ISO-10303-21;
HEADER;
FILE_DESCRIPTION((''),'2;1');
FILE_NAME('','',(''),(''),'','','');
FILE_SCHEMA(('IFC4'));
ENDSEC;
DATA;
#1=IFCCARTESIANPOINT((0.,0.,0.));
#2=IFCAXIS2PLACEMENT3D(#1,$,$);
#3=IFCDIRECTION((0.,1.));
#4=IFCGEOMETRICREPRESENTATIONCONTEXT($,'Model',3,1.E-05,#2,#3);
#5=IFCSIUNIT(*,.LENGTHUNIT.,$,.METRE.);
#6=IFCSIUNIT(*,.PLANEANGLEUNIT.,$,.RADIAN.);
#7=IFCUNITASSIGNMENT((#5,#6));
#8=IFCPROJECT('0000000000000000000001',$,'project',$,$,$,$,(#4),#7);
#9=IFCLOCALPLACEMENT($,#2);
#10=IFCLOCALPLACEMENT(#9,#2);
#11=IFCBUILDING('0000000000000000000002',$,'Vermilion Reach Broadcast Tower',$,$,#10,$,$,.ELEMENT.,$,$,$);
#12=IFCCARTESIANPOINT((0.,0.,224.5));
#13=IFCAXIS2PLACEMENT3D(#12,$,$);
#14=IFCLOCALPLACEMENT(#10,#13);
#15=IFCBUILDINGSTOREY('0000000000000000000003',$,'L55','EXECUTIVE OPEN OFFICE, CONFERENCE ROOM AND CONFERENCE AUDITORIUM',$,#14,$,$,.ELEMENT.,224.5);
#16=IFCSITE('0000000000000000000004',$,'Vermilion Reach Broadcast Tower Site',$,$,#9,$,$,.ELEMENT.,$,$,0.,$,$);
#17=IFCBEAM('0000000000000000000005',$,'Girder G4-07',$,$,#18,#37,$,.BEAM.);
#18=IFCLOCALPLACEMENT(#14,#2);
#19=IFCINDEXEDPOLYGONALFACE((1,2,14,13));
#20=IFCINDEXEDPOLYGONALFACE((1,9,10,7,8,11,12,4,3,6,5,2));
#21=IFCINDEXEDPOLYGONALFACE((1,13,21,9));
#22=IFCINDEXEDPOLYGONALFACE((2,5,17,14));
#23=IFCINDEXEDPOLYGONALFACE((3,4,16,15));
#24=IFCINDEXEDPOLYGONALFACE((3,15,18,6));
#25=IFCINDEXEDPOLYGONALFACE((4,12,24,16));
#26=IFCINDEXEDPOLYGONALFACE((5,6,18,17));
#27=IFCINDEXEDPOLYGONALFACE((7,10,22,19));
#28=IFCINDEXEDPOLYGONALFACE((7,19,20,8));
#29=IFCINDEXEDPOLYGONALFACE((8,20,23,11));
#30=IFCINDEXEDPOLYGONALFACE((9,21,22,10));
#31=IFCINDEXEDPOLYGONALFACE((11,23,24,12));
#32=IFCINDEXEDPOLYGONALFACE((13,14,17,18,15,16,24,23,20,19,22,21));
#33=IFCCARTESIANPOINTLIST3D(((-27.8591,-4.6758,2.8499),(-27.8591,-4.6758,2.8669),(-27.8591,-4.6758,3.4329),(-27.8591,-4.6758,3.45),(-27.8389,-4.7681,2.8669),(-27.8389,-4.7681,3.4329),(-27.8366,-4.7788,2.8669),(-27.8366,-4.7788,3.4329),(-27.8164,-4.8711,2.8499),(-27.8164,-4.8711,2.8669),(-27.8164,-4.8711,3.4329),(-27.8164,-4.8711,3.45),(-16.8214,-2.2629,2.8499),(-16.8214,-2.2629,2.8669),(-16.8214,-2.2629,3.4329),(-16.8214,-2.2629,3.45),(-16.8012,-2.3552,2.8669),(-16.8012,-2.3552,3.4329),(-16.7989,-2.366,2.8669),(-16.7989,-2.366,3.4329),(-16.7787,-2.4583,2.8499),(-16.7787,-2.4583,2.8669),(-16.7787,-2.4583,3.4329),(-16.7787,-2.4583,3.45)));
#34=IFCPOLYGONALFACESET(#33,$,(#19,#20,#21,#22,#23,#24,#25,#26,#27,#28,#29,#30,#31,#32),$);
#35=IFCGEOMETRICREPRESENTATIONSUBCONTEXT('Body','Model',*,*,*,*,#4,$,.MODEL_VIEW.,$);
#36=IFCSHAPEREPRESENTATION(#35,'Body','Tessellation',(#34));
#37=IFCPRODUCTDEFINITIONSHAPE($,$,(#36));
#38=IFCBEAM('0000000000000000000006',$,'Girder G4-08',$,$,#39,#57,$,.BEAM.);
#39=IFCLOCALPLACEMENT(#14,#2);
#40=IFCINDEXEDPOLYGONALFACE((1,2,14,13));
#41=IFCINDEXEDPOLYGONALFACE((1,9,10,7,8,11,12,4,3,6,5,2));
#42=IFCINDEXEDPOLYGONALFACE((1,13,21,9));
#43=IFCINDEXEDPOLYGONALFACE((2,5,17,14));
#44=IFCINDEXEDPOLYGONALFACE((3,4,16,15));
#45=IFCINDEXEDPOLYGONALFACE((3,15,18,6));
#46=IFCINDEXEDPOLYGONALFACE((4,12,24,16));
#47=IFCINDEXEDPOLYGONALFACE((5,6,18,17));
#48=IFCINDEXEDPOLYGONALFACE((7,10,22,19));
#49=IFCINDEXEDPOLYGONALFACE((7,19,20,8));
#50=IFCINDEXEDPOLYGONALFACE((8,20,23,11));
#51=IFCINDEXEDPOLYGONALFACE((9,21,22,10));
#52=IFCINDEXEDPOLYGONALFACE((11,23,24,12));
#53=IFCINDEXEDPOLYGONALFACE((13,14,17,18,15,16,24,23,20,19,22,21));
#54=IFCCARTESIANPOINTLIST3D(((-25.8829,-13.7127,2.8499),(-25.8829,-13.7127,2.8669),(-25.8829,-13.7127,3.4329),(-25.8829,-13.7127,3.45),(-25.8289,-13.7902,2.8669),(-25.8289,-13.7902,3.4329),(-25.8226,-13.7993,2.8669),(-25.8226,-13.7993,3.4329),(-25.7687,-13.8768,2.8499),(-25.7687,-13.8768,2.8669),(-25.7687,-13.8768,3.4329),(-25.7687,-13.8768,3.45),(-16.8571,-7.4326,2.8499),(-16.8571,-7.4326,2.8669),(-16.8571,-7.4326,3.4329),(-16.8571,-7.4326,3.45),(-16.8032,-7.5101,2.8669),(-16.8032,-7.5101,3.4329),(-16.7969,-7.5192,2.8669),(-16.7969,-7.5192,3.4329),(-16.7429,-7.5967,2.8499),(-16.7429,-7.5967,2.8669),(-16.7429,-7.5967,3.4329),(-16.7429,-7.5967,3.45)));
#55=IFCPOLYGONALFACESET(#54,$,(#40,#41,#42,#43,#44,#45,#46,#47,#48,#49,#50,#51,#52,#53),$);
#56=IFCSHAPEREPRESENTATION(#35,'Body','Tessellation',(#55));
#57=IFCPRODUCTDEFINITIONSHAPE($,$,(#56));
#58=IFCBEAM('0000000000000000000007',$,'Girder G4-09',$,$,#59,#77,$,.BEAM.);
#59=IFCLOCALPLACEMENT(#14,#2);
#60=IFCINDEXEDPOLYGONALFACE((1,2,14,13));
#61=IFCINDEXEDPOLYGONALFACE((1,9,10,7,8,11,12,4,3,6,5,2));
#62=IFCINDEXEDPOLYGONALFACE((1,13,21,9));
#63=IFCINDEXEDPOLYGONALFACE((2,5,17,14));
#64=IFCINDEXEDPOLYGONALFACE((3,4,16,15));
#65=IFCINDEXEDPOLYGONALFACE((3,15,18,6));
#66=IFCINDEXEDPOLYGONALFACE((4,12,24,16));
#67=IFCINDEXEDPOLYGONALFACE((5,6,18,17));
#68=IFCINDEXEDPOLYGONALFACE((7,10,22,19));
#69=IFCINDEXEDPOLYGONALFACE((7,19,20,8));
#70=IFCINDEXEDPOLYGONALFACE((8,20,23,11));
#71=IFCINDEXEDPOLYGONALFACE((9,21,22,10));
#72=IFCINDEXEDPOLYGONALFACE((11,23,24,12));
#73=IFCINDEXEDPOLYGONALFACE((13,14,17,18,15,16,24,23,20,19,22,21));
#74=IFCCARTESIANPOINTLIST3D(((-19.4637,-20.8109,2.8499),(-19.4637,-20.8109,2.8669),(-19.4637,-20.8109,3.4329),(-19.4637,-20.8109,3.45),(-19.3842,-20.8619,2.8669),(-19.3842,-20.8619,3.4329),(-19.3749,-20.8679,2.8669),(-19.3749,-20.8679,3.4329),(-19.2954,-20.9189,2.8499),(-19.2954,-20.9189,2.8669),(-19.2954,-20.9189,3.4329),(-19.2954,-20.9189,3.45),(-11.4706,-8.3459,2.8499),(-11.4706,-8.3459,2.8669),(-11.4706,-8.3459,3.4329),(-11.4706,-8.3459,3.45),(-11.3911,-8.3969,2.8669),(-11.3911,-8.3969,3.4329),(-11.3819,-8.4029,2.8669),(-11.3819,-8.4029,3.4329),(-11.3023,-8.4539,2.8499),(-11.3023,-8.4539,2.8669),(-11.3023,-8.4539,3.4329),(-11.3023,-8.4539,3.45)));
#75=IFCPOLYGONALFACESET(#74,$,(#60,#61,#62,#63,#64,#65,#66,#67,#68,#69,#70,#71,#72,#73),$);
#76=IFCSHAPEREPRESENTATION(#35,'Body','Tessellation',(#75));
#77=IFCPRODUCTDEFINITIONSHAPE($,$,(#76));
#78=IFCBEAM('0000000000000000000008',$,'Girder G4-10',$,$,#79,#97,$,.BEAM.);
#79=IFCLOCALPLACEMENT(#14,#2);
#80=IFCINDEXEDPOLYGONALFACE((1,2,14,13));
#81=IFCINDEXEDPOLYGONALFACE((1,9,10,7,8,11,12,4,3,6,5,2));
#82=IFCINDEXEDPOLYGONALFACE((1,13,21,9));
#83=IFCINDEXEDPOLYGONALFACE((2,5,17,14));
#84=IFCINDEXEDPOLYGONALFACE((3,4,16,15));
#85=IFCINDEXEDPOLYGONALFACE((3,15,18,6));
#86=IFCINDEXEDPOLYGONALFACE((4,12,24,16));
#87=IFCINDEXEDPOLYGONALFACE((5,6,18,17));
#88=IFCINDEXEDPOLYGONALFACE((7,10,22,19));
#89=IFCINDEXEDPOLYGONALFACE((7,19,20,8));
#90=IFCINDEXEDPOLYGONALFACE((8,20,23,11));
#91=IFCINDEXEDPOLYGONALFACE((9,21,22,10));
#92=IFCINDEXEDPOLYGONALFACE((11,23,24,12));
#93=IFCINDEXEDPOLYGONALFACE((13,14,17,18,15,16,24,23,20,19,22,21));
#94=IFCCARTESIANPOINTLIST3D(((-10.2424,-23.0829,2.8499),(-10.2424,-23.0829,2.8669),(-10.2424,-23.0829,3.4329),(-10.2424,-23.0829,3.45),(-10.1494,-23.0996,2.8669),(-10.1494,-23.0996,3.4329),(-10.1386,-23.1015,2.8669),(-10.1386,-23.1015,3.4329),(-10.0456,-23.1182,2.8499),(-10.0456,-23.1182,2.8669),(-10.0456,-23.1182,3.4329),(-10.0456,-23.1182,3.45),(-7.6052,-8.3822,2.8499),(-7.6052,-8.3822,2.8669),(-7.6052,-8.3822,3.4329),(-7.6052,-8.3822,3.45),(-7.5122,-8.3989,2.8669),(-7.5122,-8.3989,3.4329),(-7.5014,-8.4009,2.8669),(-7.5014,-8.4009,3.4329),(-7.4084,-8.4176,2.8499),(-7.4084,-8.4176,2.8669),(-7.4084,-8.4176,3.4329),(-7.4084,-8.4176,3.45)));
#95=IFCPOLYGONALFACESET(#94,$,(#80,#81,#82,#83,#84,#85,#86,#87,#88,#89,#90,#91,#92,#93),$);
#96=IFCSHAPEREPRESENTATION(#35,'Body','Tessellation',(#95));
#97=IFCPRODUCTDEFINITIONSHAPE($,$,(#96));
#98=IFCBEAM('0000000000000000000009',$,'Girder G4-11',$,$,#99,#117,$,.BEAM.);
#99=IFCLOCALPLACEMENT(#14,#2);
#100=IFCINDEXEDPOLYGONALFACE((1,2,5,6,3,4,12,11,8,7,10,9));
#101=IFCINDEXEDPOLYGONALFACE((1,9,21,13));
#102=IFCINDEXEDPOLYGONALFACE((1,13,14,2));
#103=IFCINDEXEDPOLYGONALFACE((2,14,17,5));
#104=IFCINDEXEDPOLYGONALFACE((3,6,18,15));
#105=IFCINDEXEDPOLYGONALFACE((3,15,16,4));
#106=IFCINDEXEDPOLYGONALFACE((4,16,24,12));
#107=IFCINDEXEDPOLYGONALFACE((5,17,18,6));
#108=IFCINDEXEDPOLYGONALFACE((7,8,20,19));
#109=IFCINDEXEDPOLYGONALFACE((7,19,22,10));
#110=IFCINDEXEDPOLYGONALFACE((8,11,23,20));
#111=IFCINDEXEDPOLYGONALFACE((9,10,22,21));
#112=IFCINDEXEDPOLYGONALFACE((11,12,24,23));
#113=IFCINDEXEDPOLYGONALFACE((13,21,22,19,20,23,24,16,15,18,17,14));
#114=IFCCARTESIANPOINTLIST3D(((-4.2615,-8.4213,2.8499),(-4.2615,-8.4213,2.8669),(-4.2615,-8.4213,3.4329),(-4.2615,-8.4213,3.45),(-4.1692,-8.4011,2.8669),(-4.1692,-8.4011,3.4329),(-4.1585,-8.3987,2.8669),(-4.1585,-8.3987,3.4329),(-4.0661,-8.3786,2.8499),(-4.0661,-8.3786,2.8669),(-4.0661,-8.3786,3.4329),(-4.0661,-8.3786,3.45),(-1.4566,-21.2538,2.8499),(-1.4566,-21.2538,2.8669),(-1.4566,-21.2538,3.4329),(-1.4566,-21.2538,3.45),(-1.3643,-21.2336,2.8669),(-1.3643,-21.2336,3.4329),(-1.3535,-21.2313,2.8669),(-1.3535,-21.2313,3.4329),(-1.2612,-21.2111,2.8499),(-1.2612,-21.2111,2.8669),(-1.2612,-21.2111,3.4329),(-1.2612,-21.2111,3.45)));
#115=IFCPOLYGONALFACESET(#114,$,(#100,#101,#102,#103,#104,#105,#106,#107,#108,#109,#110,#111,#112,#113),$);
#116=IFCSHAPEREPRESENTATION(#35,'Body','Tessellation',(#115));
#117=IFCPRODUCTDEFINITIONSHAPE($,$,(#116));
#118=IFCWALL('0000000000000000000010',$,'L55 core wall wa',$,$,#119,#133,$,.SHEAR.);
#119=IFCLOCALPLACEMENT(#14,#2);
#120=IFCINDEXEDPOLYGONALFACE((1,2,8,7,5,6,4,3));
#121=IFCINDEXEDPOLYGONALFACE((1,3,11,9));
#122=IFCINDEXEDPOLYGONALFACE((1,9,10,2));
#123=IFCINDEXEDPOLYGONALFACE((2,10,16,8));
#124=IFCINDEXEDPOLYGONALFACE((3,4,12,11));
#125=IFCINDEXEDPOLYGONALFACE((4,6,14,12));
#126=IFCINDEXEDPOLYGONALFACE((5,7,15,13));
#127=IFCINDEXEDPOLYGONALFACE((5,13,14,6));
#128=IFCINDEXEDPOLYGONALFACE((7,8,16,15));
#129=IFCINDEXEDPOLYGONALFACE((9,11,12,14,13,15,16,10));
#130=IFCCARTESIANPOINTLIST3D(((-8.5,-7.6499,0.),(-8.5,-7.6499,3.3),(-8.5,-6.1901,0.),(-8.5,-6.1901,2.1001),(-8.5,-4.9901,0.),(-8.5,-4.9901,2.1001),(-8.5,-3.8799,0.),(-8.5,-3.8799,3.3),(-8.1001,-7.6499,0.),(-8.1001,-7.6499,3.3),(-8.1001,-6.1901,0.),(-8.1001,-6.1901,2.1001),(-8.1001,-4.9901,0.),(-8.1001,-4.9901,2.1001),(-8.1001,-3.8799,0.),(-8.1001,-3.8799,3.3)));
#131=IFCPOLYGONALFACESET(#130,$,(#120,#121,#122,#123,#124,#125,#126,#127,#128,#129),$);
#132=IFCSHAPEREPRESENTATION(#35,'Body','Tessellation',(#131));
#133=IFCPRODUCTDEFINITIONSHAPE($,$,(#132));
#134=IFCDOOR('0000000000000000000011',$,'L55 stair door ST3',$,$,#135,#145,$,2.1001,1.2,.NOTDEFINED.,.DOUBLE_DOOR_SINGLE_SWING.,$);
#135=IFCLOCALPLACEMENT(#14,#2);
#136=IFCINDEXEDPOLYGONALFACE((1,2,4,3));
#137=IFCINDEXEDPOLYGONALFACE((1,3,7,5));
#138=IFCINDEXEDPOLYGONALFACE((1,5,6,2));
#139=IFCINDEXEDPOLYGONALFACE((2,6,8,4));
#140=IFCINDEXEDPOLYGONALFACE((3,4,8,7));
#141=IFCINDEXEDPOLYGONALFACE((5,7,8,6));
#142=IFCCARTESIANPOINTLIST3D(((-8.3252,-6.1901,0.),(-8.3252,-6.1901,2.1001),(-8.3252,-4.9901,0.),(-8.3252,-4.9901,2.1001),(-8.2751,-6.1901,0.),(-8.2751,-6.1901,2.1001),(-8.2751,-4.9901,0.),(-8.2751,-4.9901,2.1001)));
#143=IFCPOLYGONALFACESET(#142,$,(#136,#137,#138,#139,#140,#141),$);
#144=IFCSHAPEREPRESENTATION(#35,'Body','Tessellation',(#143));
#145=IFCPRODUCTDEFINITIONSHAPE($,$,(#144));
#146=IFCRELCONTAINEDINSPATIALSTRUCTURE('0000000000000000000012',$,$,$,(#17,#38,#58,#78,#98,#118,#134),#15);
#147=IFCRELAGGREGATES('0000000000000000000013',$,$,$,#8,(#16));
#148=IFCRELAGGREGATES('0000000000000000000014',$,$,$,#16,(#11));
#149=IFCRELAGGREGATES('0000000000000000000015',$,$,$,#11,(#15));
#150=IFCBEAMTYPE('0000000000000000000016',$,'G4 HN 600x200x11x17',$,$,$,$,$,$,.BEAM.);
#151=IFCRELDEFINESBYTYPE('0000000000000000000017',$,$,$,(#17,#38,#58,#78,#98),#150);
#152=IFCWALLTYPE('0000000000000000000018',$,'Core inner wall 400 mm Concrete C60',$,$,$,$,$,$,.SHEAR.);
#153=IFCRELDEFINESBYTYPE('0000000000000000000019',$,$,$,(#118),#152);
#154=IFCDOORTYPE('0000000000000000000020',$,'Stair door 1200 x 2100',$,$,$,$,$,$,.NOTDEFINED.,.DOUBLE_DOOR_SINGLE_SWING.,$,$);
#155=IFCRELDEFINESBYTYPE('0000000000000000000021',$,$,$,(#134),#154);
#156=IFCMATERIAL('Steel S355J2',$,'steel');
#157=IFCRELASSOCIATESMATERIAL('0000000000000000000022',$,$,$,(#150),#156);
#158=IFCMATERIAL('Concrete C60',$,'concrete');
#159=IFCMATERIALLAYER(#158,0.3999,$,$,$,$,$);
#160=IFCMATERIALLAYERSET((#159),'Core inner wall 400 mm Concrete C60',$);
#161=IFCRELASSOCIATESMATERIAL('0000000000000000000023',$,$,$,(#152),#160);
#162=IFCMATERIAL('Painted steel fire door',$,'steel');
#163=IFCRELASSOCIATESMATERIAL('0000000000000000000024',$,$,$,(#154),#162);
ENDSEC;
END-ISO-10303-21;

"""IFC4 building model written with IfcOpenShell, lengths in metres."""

from ifc_helpers import new_model, si_unit, direction, frame, frame_2d, origin, origin_2d, place, context, subcontext, project, spatial, rectangle, i_section, extrude, material, layer, layer_set, material_profile, profile_set, type_object, element, fill, save


model = new_model("IFC4")

# Units and contexts
model_context = context("Model", 3, precision=1e-05, world=origin(), true_north=direction((0.0, 1.0)))
body_context = subcontext(model_context, "Body", "Model", "MODEL_VIEW")
ifc_project = project(units=[si_unit("LENGTHUNIT", "METRE"), si_unit("PLANEANGLEUNIT", "RADIAN")], contexts=[model_context])

# Site, building, storey
site_placement = place(None, origin())
site = spatial("IfcSite", under=ifc_project, at=site_placement, Name="Vermilion Reach Broadcast Tower Site", CompositionType="ELEMENT", RefElevation=0.0)
building_placement = place(site_placement, origin())
building = spatial("IfcBuilding", under=site, at=building_placement, Name="Vermilion Reach Broadcast Tower", CompositionType="ELEMENT")
storey_placement = place(building_placement, frame((0.0, 0.0, 224.5)))
storey = spatial("IfcBuildingStorey", under=building, at=storey_placement, Name="L55", Description="EXECUTIVE OPEN OFFICE, CONFERENCE ROOM AND CONFERENCE AUDITORIUM", CompositionType="ELEMENT", Elevation=224.5)

# Beams
ifc_material_1 = material(Name="Steel S355J2", Category="steel")
ifc_material_profile = material_profile(ifc_material_1, i_section(OverallWidth=0.2, OverallDepth=0.6001, WebThickness=0.011, FlangeThickness=0.0171, at=origin_2d()), Name="S355J2 HN 600x200x11x17")
ifc_profile_set = profile_set([ifc_material_profile], Name="Steel S355J2")
beam_type = type_object("IfcBeamType", Name="G4 HN 600x200x11x17", PredefinedType="BEAM", material=ifc_profile_set)
beam_1_placement = place(storey_placement, frame((-16.8, -2.3606, 3.1499), z_axis=(-0.97693, -0.213559, 0.0), x_axis=(0.213559, -0.97693, 0.0)))
element("IfcBeam", 1, at=beam_1_placement, inside=storey, type_object=beam_type, Name="Girder G4-07", PredefinedType="BEAM", context=body_context, shape_type="SweptSolid", body=[
    extrude(i_section(OverallWidth=0.2, OverallDepth=0.6001, WebThickness=0.011, FlangeThickness=0.0171, at=origin_2d()), origin(), (0.0, 0.0, 1.0), 11.2983),
])
beam_2_placement = place(storey_placement, frame((-16.8, -7.5146, 3.1499), z_axis=(-0.820849, -0.571146, 0.0), x_axis=(0.571146, -0.820849, 0.0)))
element("IfcBeam", 2, at=beam_2_placement, inside=storey, type_object=beam_type, Name="Girder G4-08", PredefinedType="BEAM", context=body_context, shape_type="SweptSolid", body=[
    extrude(i_section(OverallWidth=0.2, OverallDepth=0.6001, WebThickness=0.011, FlangeThickness=0.0171, at=origin_2d()), origin(), (0.0, 0.0, 1.0), 10.9956),
])
beam_3_placement = place(storey_placement, frame((-11.3865, -8.3999, 3.1499), z_axis=(-0.539796, -0.841796, 0.0), x_axis=(0.841796, -0.539796, 0.0)))
element("IfcBeam", 3, at=beam_3_placement, inside=storey, type_object=beam_type, Name="Girder G4-09", PredefinedType="BEAM", context=body_context, shape_type="SweptSolid", body=[
    extrude(i_section(OverallWidth=0.2, OverallDepth=0.6001, WebThickness=0.011, FlangeThickness=0.0171, at=origin_2d()), origin(), (0.0, 0.0, 1.0), 14.8076),
])
beam_4_placement = place(storey_placement, frame((-7.5068, -8.3999, 3.1499), z_axis=(-0.176575, -0.984287, 0.0), x_axis=(0.984287, -0.176575, 0.0)))
element("IfcBeam", 4, at=beam_4_placement, inside=storey, type_object=beam_type, Name="Girder G4-10", PredefinedType="BEAM", context=body_context, shape_type="SweptSolid", body=[
    extrude(i_section(OverallWidth=0.2, OverallDepth=0.6001, WebThickness=0.011, FlangeThickness=0.0171, at=origin_2d()), origin(), (0.0, 0.0, 1.0), 14.9353),
])
beam_5_placement = place(storey_placement, frame((-4.1638, -8.3999, 3.1499), z_axis=(0.213538, -0.976935, 0.0), x_axis=(0.976935, 0.213538, 0.0)))
element("IfcBeam", 5, at=beam_5_placement, inside=storey, type_object=beam_type, Name="Girder G4-11", PredefinedType="BEAM", context=body_context, shape_type="SweptSolid", body=[
    extrude(i_section(OverallWidth=0.2, OverallDepth=0.6001, WebThickness=0.011, FlangeThickness=0.0171, at=origin_2d()), origin(), (0.0, 0.0, 1.0), 13.1355),
])

# Wall, opening, door
ifc_material_2 = material(Name="Concrete C60", Category="concrete")
ifc_layer_1 = layer(ifc_material_2, 0.3999)
ifc_layer_set_1 = layer_set([ifc_layer_1], Name="Core inner wall 400 mm Concrete C60")
wall_type_1 = type_object("IfcWallType", Name="Core inner wall 400 mm Concrete C60", PredefinedType="SHEAR", material=ifc_layer_set_1)
wall_1_placement = place(storey_placement, frame((-8.3, -3.8799, 0.0), z_axis=(0.0, 0.0, 1.0), x_axis=(0.0, -1.0, 0.0)))
wall_1 = element("IfcWall", 6, at=wall_1_placement, inside=storey, type_object=wall_type_1, Name="L55 core wall wa", PredefinedType="SHEAR", context=body_context, shape_type="SweptSolid", body=[
    extrude(rectangle(XDim=3.77, YDim=0.3999, at=frame_2d((1.885, 0.0))), origin(), (0.0, 0.0, 1.0), 3.3),
])
opening_1_placement = place(wall_1_placement, frame((1.1101, 0.0, 0.0)))
opening_1 = element("IfcOpeningElement", 7, at=opening_1_placement, cuts=wall_1, PredefinedType="OPENING", context=body_context, shape_type="SweptSolid", body=[
    extrude(rectangle(XDim=1.2, YDim=2.1001, at=frame_2d((0.6001, 1.05))), frame((0.0, 0.21, 0.0), z_axis=(0.0, -1.0, 0.0), x_axis=(1.0, 0.0, 0.0)), (0.0, 0.0, 1.0), 0.4199),
])
ifc_material_3 = material(Name="Painted steel fire door", Category="steel")
door_type_1 = type_object("IfcDoorType", Name="Stair door 1200 x 2100", OperationType="DOUBLE_DOOR_SINGLE_SWING", PredefinedType="NOTDEFINED", material=ifc_material_3)
door_1_placement = place(opening_1_placement, origin())
door_1 = element("IfcDoor", 8, at=door_1_placement, inside=storey, type_object=door_type_1, Name="L55 stair door ST3", OperationType="DOUBLE_DOOR_SINGLE_SWING", OverallHeight=2.1001, OverallWidth=1.2, PredefinedType="NOTDEFINED", context=body_context, shape_type="SweptSolid", body=[
    extrude(rectangle(XDim=1.2, YDim=2.1001, at=frame_2d((0.6001, 1.05))), frame((0.0, 0.0249, 0.0), z_axis=(0.0, -1.0, 0.0), x_axis=(1.0, 0.0, 0.0)), (0.0, 0.0, 1.0), 0.05),
])
fill(opening_1, door_1)

save(model, "model.ifc")
